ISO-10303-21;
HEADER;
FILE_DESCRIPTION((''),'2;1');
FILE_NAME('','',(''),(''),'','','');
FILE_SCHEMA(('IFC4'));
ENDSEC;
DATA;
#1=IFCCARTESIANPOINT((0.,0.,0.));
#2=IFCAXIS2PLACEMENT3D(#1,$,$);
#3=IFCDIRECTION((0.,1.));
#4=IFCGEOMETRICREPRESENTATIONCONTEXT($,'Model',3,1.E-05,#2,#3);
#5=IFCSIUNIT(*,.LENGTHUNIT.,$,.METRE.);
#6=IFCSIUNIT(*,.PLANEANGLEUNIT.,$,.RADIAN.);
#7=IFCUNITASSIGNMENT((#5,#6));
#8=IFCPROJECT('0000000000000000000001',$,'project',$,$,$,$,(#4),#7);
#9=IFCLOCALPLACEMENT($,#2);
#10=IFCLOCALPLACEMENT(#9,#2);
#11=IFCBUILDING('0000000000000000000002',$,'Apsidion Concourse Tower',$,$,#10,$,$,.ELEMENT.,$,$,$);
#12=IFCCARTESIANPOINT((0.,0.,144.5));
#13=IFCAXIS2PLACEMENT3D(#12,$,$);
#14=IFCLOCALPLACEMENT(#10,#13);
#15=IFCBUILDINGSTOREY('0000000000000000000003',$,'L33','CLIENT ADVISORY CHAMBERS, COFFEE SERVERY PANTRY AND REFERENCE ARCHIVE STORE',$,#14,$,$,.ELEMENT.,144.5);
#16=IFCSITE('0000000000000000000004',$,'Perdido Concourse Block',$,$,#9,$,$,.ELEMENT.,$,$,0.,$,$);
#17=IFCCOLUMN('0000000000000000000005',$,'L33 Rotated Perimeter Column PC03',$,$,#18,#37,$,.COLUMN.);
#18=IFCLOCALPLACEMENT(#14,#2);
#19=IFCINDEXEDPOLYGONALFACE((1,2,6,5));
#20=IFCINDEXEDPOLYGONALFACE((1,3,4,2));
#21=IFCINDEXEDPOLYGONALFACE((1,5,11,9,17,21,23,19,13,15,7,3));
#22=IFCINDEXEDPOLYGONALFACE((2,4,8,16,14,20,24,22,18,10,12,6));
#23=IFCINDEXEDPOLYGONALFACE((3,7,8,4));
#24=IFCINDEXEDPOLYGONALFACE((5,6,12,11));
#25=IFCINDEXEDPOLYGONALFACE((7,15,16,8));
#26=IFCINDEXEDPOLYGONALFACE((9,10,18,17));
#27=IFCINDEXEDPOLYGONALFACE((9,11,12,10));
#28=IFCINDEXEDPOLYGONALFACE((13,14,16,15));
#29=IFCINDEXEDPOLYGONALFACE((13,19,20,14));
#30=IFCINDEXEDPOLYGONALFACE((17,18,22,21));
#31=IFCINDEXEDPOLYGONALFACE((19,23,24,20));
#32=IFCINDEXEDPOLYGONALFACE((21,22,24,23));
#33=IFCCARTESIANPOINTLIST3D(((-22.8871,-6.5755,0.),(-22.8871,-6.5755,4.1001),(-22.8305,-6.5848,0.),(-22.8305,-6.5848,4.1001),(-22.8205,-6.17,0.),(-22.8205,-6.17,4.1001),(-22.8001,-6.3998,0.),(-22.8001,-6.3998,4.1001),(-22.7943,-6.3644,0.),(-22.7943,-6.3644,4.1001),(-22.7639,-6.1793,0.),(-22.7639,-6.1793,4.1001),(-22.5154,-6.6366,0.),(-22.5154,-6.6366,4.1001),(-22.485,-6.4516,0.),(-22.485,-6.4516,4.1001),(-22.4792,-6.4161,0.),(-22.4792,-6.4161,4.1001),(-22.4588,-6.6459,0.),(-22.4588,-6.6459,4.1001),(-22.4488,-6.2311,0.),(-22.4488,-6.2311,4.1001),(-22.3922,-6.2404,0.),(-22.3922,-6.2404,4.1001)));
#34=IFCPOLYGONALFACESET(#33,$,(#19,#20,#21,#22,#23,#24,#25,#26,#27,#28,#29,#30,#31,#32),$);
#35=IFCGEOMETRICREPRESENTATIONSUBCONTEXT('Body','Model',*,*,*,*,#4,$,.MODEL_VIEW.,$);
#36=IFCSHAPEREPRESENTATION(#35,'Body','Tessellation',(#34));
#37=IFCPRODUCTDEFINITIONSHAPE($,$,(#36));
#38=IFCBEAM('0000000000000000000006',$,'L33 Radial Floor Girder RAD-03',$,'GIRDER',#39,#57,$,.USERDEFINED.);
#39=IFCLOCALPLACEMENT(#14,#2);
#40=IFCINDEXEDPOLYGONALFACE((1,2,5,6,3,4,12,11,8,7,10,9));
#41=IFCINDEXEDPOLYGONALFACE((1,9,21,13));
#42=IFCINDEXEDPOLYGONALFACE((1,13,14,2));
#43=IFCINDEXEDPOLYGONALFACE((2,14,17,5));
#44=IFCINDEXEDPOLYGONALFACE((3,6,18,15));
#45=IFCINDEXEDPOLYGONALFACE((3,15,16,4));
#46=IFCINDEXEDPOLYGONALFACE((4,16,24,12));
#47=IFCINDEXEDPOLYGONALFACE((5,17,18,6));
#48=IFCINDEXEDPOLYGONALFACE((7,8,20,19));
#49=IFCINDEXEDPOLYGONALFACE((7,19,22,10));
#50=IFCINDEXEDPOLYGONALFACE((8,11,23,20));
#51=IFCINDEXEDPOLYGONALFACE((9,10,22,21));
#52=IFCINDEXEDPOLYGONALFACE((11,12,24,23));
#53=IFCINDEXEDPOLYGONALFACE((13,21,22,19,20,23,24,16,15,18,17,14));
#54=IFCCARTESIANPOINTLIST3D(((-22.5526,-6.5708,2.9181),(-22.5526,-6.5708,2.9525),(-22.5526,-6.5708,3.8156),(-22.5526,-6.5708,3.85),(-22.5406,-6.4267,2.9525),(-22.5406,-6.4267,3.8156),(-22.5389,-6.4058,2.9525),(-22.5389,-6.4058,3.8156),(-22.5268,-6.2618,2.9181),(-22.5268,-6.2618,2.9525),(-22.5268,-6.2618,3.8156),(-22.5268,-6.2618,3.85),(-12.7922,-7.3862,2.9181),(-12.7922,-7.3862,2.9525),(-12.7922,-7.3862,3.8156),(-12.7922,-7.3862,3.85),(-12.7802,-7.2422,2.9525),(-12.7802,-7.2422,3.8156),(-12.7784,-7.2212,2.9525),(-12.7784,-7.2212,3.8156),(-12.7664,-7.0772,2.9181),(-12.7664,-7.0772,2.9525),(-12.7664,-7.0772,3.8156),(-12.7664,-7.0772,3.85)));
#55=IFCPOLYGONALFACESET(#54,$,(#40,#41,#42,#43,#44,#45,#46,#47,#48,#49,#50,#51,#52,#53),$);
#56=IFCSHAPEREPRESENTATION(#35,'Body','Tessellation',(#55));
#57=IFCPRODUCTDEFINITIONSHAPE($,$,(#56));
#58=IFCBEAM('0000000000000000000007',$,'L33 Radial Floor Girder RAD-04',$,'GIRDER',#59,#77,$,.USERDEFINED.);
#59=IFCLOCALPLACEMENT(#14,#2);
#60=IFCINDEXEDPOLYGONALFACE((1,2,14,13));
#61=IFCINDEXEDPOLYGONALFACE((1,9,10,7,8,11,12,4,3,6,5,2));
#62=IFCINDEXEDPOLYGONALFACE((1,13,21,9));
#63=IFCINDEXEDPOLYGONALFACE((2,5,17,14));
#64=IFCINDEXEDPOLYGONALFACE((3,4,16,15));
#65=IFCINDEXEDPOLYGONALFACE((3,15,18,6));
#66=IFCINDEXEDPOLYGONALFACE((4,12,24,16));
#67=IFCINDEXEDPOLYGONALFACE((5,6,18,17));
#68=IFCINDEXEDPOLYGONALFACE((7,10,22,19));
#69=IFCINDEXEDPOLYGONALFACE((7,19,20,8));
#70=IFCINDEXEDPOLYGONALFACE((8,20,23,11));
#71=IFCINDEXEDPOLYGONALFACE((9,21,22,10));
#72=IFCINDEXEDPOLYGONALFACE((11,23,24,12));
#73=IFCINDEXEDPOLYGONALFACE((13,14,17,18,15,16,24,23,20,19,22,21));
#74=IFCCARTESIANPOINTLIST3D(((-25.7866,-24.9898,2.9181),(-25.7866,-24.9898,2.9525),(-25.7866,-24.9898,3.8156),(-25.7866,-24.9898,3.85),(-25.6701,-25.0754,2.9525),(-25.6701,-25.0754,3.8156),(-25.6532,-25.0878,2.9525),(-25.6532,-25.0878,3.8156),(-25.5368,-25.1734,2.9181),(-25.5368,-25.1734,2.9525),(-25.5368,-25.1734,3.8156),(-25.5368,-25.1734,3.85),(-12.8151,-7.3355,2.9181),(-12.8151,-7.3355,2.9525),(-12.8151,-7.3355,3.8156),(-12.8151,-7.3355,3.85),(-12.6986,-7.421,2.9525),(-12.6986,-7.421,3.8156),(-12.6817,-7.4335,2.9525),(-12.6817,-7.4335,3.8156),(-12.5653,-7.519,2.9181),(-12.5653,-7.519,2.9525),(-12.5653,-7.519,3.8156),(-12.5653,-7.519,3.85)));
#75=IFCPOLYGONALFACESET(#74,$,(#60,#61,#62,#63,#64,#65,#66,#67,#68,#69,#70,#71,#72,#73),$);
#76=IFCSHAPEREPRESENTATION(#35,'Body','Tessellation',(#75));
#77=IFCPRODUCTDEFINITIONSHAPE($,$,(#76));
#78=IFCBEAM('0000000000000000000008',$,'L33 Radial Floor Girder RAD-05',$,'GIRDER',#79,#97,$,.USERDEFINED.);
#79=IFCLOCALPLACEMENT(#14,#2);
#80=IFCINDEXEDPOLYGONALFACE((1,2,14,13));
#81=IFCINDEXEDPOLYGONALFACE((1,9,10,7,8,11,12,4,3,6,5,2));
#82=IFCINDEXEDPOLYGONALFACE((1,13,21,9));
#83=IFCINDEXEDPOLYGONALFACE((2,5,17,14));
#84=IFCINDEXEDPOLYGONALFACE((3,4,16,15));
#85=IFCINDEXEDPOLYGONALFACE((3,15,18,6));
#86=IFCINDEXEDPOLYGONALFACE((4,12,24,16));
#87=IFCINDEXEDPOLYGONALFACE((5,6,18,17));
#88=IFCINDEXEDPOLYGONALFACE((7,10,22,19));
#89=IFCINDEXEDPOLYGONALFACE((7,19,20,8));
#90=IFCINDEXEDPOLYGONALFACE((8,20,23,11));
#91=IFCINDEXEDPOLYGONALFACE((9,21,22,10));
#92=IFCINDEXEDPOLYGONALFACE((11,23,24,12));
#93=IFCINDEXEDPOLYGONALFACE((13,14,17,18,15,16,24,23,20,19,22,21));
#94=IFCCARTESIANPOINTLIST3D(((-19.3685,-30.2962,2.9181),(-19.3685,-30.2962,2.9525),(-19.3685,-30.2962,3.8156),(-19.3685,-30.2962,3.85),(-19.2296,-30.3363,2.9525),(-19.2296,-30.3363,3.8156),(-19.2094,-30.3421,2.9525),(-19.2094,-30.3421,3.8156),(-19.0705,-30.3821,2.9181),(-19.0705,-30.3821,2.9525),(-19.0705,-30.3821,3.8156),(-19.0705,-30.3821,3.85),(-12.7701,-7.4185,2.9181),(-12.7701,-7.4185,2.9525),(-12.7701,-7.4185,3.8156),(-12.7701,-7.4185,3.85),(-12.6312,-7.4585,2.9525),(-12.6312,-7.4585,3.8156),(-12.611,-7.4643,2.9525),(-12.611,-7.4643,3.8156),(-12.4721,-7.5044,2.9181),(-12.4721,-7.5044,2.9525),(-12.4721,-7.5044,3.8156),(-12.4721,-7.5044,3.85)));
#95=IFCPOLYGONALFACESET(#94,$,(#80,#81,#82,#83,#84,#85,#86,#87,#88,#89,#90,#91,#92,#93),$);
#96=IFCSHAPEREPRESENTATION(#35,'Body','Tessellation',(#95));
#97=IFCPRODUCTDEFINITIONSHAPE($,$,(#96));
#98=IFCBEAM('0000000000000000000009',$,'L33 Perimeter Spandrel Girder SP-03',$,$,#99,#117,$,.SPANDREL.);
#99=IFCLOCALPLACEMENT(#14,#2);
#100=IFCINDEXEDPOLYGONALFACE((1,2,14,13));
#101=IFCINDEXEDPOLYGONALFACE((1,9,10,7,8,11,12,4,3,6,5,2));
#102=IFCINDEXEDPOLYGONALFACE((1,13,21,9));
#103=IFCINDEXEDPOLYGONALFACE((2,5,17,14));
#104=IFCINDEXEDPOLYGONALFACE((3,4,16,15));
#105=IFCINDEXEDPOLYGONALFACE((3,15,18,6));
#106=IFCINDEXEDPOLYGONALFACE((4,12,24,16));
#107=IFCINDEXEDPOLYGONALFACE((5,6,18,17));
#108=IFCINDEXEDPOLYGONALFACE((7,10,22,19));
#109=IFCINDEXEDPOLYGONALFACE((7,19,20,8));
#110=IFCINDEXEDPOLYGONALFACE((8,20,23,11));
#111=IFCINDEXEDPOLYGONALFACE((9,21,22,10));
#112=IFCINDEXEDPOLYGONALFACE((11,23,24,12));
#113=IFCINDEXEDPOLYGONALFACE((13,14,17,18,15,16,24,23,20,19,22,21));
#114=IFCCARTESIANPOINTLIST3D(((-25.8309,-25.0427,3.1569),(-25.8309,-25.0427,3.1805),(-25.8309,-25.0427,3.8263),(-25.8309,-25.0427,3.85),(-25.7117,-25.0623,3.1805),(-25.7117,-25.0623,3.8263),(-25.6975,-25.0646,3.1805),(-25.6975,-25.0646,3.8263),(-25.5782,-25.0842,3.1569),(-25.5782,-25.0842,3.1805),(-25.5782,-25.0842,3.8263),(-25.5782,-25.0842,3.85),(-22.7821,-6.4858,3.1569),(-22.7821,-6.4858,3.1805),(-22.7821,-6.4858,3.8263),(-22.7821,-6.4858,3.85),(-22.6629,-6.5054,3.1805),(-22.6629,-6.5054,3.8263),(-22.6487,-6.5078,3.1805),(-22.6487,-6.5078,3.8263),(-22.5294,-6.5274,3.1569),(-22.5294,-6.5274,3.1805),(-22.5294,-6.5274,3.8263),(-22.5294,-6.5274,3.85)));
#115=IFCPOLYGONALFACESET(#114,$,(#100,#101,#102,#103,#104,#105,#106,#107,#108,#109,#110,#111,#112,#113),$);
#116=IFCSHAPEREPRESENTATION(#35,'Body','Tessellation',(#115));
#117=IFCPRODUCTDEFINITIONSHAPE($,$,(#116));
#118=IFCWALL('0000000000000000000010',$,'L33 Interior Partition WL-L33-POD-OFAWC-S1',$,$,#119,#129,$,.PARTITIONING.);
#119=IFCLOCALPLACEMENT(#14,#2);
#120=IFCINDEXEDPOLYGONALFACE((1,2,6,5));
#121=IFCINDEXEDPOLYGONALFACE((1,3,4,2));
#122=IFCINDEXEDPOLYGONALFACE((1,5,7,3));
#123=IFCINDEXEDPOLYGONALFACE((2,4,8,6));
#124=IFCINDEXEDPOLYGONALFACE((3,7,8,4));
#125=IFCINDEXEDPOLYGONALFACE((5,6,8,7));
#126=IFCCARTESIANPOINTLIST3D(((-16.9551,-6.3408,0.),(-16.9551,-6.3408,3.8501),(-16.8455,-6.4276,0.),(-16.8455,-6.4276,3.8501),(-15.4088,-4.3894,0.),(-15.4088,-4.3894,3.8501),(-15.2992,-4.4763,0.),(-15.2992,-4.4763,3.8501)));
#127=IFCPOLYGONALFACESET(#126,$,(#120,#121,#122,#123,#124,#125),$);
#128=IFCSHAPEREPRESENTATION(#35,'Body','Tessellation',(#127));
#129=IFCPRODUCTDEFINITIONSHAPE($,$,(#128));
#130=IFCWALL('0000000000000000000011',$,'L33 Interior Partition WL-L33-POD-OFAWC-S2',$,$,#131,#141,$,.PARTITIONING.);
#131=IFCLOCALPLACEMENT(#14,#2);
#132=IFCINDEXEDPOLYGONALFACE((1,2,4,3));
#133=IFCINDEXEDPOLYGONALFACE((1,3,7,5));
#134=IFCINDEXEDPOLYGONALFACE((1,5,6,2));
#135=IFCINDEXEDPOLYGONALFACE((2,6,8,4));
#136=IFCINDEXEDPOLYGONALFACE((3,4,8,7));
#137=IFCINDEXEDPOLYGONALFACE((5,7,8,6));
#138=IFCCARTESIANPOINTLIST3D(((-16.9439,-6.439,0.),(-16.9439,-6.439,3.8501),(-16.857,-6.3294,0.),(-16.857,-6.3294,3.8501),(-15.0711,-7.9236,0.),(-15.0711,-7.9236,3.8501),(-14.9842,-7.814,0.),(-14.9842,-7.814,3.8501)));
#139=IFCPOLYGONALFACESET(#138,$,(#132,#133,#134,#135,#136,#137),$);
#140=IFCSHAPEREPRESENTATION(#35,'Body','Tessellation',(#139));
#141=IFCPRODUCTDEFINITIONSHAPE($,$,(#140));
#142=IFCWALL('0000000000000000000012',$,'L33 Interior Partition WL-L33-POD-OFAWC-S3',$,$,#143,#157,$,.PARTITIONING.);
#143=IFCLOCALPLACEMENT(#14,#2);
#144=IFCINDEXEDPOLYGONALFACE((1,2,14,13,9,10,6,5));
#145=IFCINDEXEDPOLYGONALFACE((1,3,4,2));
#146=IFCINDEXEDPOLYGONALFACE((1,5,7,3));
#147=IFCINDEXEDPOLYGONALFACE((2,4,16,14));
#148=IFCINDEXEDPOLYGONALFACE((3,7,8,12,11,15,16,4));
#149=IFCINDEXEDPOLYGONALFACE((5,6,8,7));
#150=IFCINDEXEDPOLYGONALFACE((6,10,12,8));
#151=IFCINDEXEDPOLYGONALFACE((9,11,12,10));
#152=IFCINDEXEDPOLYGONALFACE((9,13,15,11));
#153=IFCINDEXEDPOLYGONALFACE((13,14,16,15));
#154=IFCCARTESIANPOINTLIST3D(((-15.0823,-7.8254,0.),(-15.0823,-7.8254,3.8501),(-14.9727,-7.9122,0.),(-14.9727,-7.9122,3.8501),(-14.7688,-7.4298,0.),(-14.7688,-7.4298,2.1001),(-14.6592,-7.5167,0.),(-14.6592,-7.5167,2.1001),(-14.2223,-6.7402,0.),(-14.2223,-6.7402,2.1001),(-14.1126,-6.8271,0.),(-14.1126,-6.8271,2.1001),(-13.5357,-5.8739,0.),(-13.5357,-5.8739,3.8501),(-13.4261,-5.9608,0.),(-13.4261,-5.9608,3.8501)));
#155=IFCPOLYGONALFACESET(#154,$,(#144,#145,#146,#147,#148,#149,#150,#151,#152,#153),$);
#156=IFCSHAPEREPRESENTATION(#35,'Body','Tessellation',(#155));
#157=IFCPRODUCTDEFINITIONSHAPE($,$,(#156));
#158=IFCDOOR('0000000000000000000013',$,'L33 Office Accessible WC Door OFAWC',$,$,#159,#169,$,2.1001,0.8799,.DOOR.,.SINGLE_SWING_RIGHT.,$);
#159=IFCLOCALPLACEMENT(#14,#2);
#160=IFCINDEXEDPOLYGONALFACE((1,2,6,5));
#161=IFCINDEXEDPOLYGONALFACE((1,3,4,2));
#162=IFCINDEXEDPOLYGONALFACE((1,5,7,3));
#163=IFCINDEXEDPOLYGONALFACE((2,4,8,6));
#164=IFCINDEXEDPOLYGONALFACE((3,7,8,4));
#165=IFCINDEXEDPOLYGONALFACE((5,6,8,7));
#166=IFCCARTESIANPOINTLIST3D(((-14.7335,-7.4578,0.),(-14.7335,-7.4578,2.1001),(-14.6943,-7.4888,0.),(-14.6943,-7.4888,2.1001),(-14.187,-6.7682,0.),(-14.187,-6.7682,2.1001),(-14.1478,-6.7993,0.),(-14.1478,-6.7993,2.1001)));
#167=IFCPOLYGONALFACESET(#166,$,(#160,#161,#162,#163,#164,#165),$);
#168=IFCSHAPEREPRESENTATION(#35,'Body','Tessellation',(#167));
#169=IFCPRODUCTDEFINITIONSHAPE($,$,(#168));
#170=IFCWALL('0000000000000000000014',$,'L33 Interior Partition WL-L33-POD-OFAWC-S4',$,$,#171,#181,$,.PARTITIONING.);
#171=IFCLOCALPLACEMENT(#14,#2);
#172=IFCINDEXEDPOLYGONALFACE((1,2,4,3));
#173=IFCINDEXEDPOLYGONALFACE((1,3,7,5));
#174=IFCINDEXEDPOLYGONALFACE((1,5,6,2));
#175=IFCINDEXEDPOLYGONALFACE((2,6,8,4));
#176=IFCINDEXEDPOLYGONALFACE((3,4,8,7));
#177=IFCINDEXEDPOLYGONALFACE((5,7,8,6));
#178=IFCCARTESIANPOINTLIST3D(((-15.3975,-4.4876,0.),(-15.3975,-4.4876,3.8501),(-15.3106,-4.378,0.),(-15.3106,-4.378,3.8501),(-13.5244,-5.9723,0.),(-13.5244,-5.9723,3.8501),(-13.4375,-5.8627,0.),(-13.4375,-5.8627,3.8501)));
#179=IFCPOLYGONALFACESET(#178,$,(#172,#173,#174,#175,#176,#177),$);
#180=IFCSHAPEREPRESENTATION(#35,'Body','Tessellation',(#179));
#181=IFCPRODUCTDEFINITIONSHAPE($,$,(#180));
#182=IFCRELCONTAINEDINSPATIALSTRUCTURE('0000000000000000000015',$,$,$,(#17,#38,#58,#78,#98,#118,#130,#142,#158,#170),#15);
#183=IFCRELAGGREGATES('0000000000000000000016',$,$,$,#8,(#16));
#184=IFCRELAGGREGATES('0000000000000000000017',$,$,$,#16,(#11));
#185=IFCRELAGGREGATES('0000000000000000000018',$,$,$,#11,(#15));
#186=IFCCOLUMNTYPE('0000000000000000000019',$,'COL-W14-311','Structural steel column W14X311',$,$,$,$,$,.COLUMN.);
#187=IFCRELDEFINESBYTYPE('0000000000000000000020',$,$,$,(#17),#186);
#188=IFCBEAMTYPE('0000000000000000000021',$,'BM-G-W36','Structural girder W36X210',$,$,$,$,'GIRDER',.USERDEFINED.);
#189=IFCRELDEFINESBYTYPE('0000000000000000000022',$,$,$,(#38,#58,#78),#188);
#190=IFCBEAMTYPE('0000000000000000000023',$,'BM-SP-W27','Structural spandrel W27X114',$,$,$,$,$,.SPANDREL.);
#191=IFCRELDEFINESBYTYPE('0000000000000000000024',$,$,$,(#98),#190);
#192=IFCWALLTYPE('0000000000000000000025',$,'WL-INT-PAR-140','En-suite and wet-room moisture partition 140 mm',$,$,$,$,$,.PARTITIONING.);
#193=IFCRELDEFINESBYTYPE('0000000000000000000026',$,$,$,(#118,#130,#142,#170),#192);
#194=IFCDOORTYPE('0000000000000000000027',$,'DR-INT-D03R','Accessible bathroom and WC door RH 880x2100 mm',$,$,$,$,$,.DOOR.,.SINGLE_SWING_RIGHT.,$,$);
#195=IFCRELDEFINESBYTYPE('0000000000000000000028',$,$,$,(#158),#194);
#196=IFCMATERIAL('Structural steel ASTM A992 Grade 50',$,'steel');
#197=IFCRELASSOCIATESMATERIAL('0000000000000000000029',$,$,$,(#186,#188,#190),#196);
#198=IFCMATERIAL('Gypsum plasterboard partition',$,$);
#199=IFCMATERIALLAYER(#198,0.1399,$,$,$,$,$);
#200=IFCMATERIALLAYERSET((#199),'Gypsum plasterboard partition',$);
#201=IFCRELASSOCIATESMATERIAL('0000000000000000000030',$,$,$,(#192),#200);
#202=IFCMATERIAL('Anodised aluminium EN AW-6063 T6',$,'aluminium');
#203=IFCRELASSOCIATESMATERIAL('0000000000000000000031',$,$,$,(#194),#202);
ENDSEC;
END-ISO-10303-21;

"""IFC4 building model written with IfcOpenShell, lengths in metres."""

from ifc_helpers import new_model, si_unit, direction, frame, frame_2d, origin, origin_2d, place, context, subcontext, project, spatial, rectangle, i_section, extrude, material, layer, layer_set, material_profile, profile_set, type_object, element, fill, save


model = new_model("IFC4")

# Units and contexts
model_context = context("Model", 3, precision=1e-05, world=origin(), true_north=direction((0.0, 1.0)))
body_context = subcontext(model_context, "Body", "Model", "MODEL_VIEW")
ifc_project = project(units=[si_unit("LENGTHUNIT", "METRE"), si_unit("PLANEANGLEUNIT", "RADIAN")], contexts=[model_context])

# Site, building, storey
site_placement = place(None, origin())
site = spatial("IfcSite", under=ifc_project, at=site_placement, Name="Perdido Concourse Block", CompositionType="ELEMENT", RefElevation=0.0)
building_placement = place(site_placement, origin())
building = spatial("IfcBuilding", under=site, at=building_placement, Name="Apsidion Concourse Tower", CompositionType="ELEMENT")
storey_placement = place(building_placement, frame((0.0, 0.0, 144.5)))
storey = spatial("IfcBuildingStorey", under=building, at=storey_placement, Name="L33", Description="CLIENT ADVISORY CHAMBERS, COFFEE SERVERY PANTRY AND REFERENCE ARCHIVE STORE", CompositionType="ELEMENT", Elevation=144.5)

# Column
ifc_material_1 = material(Name="Structural steel ASTM A992 Grade 50", Category="steel")
ifc_material_profile_1 = material_profile(ifc_material_1, i_section(OverallWidth=0.4109, OverallDepth=0.4341, WebThickness=0.0359, FlangeThickness=0.0574, at=origin_2d()), Name="W14X311")
ifc_profile_set_1 = profile_set([ifc_material_profile_1], Name="Structural steel ASTM A992 Grade 50")
column_type = type_object("IfcColumnType", Name="COL-W14-311", Description="Structural steel column W14X311", PredefinedType="COLUMN", material=ifc_profile_set_1)
column_placement = place(storey_placement, frame((-22.6396, -6.408, 0.0), z_axis=(0.0, 0.0, 1.0), x_axis=(0.162121, 0.986771, 0.0)))
element("IfcColumn", 1, at=column_placement, inside=storey, type_object=column_type, Name="L33 Rotated Perimeter Column PC03", PredefinedType="COLUMN", context=body_context, shape_type="SweptSolid", body=[
    extrude(i_section(OverallWidth=0.4109, OverallDepth=0.4341, WebThickness=0.0359, FlangeThickness=0.0574, at=origin_2d()), origin(), (0.0, 0.0, 1.0), 4.1001),
])

# Beams
ifc_material_profile_2 = material_profile(ifc_material_1, i_section(OverallWidth=0.3101, OverallDepth=0.9319, WebThickness=0.021, FlangeThickness=0.0344, at=origin_2d()), Name="W36X210")
ifc_profile_set_2 = profile_set([ifc_material_profile_2], Name="Structural steel ASTM A992 Grade 50")
beam_type_1 = type_object("IfcBeamType", Name="BM-G-W36", Description="Structural girder W36X210", ElementType="GIRDER", PredefinedType="USERDEFINED", material=ifc_profile_set_2)
beam_1_placement = place(storey_placement, frame((-12.7793, -7.2317, 3.384), z_axis=(-0.996528, 0.083254, 0.0), x_axis=(-0.083254, -0.996528, 0.0)))
element("IfcBeam", 2, at=beam_1_placement, inside=storey, type_object=beam_type_1, Name="L33 Radial Floor Girder RAD-03", ObjectType="GIRDER", PredefinedType="USERDEFINED", context=body_context, shape_type="SweptSolid", body=[
    extrude(i_section(OverallWidth=0.3101, OverallDepth=0.9319, WebThickness=0.021, FlangeThickness=0.0344, at=origin_2d()), origin(), (0.0, 0.0, 1.0), 9.7944),
])
beam_2_placement = place(storey_placement, frame((-12.6902, -7.4272, 3.384), z_axis=(-0.592104, -0.805862, 0.0), x_axis=(0.805862, -0.592104, 0.0)))
element("IfcBeam", 3, at=beam_2_placement, inside=storey, type_object=beam_type_1, Name="L33 Radial Floor Girder RAD-04", ObjectType="GIRDER", PredefinedType="USERDEFINED", context=body_context, shape_type="SweptSolid", body=[
    extrude(i_section(OverallWidth=0.3101, OverallDepth=0.9319, WebThickness=0.021, FlangeThickness=0.0344, at=origin_2d()), origin(), (0.0, 0.0, 1.0), 21.9075),
])
beam_3_placement = place(storey_placement, frame((-12.6211, -7.4614, 3.384), z_axis=(-0.277124, -0.960834, 0.0), x_axis=(0.960834, -0.277124, 0.0)))
element("IfcBeam", 4, at=beam_3_placement, inside=storey, type_object=beam_type_1, Name="L33 Radial Floor Girder RAD-05", ObjectType="GIRDER", PredefinedType="USERDEFINED", context=body_context, shape_type="SweptSolid", body=[
    extrude(i_section(OverallWidth=0.3101, OverallDepth=0.9319, WebThickness=0.021, FlangeThickness=0.0344, at=origin_2d()), origin(), (0.0, 0.0, 1.0), 23.8103),
])
ifc_material_profile_3 = material_profile(ifc_material_1, i_section(OverallWidth=0.2561, OverallDepth=0.6931, WebThickness=0.0144, FlangeThickness=0.0237, at=origin_2d()), Name="W27X114")
ifc_profile_set_3 = profile_set([ifc_material_profile_3], Name="Structural steel ASTM A992 Grade 50")
beam_type_2 = type_object("IfcBeamType", Name="BM-SP-W27", Description="Structural spandrel W27X114", PredefinedType="SPANDREL", material=ifc_profile_set_3)
beam_4_placement = place(storey_placement, frame((-22.6558, -6.5066, 3.5034), z_axis=(-0.162123, -0.986771, 0.0), x_axis=(0.986771, -0.162123, 0.0)))
element("IfcBeam", 5, at=beam_4_placement, inside=storey, type_object=beam_type_2, Name="L33 Perimeter Spandrel Girder SP-03", PredefinedType="SPANDREL", context=body_context, shape_type="SweptSolid", body=[
    extrude(i_section(OverallWidth=0.2561, OverallDepth=0.6931, WebThickness=0.0144, FlangeThickness=0.0237, at=origin_2d()), origin(), (0.0, 0.0, 1.0), 18.8057),
])

# Walls
ifc_material_2 = material(Name="Gypsum plasterboard partition")
ifc_layer_1 = layer(ifc_material_2, 0.1399)
ifc_layer_set_1 = layer_set([ifc_layer_1], Name="Gypsum plasterboard partition")
wall_type_1 = type_object("IfcWallType", Name="WL-INT-PAR-140", Description="En-suite and wet-room moisture partition 140 mm", PredefinedType="PARTITIONING", material=ifc_layer_set_1)
wall_1_placement = place(storey_placement, frame((-15.354, -4.4329, 0.0), z_axis=(0.0, 0.0, 1.0), x_axis=(-0.621077, -0.783749, 0.0)))
element("IfcWall", 6, at=wall_1_placement, inside=storey, type_object=wall_type_1, Name="L33 Interior Partition WL-L33-POD-OFAWC-S1", PredefinedType="PARTITIONING", context=body_context, shape_type="SweptSolid", body=[
    extrude(rectangle(XDim=2.4897, YDim=0.1399, at=frame_2d((1.2449, 0.0))), origin(), (0.0, 0.0, 1.0), 3.8501),
])
wall_2_placement = place(storey_placement, frame((-16.9004, -6.3843, 0.0), z_axis=(0.0, 0.0, 1.0), x_axis=(0.783642, -0.621213, 0.0)))
element("IfcWall", 7, at=wall_2_placement, inside=storey, type_object=wall_type_1, Name="L33 Interior Partition WL-L33-POD-OFAWC-S2", PredefinedType="PARTITIONING", context=body_context, shape_type="SweptSolid", body=[
    extrude(rectangle(XDim=2.3899, YDim=0.1399, at=frame_2d((1.1948, 0.0))), origin(), (0.0, 0.0, 1.0), 3.8501),
])

# Wall, opening, door
wall_3_placement = place(storey_placement, frame((-15.0276, -7.8689, 0.0), z_axis=(0.0, 0.0, 1.0), x_axis=(0.621137, 0.783702, 0.0)))
wall_3 = element("IfcWall", 8, at=wall_3_placement, inside=storey, type_object=wall_type_1, Name="L33 Interior Partition WL-L33-POD-OFAWC-S3", PredefinedType="PARTITIONING", context=body_context, shape_type="SweptSolid", body=[
    extrude(rectangle(XDim=2.49, YDim=0.1399, at=frame_2d((1.2451, 0.0))), origin(), (0.0, 0.0, 1.0), 3.8501),
])
opening_1_placement = place(wall_3_placement, frame((0.5049, 0.0, 0.0)))
opening_1 = element("IfcOpeningElement", 9, at=opening_1_placement, cuts=wall_3, PredefinedType="OPENING", context=body_context, shape_type="SweptSolid", body=[
    extrude(rectangle(XDim=0.8799, YDim=2.1001, at=frame_2d((0.4399, 1.05))), frame((0.0, 0.0801, 0.0), z_axis=(0.0, -1.0, 0.0), x_axis=(1.0, 0.0, 0.0)), (0.0, 0.0, 1.0), 0.1599),
])
ifc_material_3 = material(Name="Anodised aluminium EN AW-6063 T6", Category="aluminium")
door_type_1 = type_object("IfcDoorType", Name="DR-INT-D03R", Description="Accessible bathroom and WC door RH 880x2100 mm", OperationType="SINGLE_SWING_RIGHT", PredefinedType="DOOR", material=ifc_material_3)
door_1_placement = place(opening_1_placement, origin())
door_1 = element("IfcDoor", 10, at=door_1_placement, inside=storey, type_object=door_type_1, Name="L33 Office Accessible WC Door OFAWC", OperationType="SINGLE_SWING_RIGHT", OverallHeight=2.1001, OverallWidth=0.8799, PredefinedType="DOOR", context=body_context, shape_type="SweptSolid", body=[
    extrude(rectangle(XDim=0.8799, YDim=2.1001, at=frame_2d((0.4399, 1.05))), frame((0.0, 0.0249, 0.0), z_axis=(0.0, -1.0, 0.0), x_axis=(1.0, 0.0, 0.0)), (0.0, 0.0, 1.0), 0.05),
])
fill(opening_1, door_1)

# Wall
wall_4_placement = place(storey_placement, frame((-13.481, -5.9175, 0.0), z_axis=(0.0, 0.0, 1.0), x_axis=(-0.783681, 0.621163, 0.0)))
element("IfcWall", 11, at=wall_4_placement, inside=storey, type_object=wall_type_1, Name="L33 Interior Partition WL-L33-POD-OFAWC-S4", PredefinedType="PARTITIONING", context=body_context, shape_type="SweptSolid", body=[
    extrude(rectangle(XDim=2.3901, YDim=0.1399, at=frame_2d((1.1951, 0.0))), origin(), (0.0, 0.0, 1.0), 3.8501),
])

save(model, "model.ifc")
